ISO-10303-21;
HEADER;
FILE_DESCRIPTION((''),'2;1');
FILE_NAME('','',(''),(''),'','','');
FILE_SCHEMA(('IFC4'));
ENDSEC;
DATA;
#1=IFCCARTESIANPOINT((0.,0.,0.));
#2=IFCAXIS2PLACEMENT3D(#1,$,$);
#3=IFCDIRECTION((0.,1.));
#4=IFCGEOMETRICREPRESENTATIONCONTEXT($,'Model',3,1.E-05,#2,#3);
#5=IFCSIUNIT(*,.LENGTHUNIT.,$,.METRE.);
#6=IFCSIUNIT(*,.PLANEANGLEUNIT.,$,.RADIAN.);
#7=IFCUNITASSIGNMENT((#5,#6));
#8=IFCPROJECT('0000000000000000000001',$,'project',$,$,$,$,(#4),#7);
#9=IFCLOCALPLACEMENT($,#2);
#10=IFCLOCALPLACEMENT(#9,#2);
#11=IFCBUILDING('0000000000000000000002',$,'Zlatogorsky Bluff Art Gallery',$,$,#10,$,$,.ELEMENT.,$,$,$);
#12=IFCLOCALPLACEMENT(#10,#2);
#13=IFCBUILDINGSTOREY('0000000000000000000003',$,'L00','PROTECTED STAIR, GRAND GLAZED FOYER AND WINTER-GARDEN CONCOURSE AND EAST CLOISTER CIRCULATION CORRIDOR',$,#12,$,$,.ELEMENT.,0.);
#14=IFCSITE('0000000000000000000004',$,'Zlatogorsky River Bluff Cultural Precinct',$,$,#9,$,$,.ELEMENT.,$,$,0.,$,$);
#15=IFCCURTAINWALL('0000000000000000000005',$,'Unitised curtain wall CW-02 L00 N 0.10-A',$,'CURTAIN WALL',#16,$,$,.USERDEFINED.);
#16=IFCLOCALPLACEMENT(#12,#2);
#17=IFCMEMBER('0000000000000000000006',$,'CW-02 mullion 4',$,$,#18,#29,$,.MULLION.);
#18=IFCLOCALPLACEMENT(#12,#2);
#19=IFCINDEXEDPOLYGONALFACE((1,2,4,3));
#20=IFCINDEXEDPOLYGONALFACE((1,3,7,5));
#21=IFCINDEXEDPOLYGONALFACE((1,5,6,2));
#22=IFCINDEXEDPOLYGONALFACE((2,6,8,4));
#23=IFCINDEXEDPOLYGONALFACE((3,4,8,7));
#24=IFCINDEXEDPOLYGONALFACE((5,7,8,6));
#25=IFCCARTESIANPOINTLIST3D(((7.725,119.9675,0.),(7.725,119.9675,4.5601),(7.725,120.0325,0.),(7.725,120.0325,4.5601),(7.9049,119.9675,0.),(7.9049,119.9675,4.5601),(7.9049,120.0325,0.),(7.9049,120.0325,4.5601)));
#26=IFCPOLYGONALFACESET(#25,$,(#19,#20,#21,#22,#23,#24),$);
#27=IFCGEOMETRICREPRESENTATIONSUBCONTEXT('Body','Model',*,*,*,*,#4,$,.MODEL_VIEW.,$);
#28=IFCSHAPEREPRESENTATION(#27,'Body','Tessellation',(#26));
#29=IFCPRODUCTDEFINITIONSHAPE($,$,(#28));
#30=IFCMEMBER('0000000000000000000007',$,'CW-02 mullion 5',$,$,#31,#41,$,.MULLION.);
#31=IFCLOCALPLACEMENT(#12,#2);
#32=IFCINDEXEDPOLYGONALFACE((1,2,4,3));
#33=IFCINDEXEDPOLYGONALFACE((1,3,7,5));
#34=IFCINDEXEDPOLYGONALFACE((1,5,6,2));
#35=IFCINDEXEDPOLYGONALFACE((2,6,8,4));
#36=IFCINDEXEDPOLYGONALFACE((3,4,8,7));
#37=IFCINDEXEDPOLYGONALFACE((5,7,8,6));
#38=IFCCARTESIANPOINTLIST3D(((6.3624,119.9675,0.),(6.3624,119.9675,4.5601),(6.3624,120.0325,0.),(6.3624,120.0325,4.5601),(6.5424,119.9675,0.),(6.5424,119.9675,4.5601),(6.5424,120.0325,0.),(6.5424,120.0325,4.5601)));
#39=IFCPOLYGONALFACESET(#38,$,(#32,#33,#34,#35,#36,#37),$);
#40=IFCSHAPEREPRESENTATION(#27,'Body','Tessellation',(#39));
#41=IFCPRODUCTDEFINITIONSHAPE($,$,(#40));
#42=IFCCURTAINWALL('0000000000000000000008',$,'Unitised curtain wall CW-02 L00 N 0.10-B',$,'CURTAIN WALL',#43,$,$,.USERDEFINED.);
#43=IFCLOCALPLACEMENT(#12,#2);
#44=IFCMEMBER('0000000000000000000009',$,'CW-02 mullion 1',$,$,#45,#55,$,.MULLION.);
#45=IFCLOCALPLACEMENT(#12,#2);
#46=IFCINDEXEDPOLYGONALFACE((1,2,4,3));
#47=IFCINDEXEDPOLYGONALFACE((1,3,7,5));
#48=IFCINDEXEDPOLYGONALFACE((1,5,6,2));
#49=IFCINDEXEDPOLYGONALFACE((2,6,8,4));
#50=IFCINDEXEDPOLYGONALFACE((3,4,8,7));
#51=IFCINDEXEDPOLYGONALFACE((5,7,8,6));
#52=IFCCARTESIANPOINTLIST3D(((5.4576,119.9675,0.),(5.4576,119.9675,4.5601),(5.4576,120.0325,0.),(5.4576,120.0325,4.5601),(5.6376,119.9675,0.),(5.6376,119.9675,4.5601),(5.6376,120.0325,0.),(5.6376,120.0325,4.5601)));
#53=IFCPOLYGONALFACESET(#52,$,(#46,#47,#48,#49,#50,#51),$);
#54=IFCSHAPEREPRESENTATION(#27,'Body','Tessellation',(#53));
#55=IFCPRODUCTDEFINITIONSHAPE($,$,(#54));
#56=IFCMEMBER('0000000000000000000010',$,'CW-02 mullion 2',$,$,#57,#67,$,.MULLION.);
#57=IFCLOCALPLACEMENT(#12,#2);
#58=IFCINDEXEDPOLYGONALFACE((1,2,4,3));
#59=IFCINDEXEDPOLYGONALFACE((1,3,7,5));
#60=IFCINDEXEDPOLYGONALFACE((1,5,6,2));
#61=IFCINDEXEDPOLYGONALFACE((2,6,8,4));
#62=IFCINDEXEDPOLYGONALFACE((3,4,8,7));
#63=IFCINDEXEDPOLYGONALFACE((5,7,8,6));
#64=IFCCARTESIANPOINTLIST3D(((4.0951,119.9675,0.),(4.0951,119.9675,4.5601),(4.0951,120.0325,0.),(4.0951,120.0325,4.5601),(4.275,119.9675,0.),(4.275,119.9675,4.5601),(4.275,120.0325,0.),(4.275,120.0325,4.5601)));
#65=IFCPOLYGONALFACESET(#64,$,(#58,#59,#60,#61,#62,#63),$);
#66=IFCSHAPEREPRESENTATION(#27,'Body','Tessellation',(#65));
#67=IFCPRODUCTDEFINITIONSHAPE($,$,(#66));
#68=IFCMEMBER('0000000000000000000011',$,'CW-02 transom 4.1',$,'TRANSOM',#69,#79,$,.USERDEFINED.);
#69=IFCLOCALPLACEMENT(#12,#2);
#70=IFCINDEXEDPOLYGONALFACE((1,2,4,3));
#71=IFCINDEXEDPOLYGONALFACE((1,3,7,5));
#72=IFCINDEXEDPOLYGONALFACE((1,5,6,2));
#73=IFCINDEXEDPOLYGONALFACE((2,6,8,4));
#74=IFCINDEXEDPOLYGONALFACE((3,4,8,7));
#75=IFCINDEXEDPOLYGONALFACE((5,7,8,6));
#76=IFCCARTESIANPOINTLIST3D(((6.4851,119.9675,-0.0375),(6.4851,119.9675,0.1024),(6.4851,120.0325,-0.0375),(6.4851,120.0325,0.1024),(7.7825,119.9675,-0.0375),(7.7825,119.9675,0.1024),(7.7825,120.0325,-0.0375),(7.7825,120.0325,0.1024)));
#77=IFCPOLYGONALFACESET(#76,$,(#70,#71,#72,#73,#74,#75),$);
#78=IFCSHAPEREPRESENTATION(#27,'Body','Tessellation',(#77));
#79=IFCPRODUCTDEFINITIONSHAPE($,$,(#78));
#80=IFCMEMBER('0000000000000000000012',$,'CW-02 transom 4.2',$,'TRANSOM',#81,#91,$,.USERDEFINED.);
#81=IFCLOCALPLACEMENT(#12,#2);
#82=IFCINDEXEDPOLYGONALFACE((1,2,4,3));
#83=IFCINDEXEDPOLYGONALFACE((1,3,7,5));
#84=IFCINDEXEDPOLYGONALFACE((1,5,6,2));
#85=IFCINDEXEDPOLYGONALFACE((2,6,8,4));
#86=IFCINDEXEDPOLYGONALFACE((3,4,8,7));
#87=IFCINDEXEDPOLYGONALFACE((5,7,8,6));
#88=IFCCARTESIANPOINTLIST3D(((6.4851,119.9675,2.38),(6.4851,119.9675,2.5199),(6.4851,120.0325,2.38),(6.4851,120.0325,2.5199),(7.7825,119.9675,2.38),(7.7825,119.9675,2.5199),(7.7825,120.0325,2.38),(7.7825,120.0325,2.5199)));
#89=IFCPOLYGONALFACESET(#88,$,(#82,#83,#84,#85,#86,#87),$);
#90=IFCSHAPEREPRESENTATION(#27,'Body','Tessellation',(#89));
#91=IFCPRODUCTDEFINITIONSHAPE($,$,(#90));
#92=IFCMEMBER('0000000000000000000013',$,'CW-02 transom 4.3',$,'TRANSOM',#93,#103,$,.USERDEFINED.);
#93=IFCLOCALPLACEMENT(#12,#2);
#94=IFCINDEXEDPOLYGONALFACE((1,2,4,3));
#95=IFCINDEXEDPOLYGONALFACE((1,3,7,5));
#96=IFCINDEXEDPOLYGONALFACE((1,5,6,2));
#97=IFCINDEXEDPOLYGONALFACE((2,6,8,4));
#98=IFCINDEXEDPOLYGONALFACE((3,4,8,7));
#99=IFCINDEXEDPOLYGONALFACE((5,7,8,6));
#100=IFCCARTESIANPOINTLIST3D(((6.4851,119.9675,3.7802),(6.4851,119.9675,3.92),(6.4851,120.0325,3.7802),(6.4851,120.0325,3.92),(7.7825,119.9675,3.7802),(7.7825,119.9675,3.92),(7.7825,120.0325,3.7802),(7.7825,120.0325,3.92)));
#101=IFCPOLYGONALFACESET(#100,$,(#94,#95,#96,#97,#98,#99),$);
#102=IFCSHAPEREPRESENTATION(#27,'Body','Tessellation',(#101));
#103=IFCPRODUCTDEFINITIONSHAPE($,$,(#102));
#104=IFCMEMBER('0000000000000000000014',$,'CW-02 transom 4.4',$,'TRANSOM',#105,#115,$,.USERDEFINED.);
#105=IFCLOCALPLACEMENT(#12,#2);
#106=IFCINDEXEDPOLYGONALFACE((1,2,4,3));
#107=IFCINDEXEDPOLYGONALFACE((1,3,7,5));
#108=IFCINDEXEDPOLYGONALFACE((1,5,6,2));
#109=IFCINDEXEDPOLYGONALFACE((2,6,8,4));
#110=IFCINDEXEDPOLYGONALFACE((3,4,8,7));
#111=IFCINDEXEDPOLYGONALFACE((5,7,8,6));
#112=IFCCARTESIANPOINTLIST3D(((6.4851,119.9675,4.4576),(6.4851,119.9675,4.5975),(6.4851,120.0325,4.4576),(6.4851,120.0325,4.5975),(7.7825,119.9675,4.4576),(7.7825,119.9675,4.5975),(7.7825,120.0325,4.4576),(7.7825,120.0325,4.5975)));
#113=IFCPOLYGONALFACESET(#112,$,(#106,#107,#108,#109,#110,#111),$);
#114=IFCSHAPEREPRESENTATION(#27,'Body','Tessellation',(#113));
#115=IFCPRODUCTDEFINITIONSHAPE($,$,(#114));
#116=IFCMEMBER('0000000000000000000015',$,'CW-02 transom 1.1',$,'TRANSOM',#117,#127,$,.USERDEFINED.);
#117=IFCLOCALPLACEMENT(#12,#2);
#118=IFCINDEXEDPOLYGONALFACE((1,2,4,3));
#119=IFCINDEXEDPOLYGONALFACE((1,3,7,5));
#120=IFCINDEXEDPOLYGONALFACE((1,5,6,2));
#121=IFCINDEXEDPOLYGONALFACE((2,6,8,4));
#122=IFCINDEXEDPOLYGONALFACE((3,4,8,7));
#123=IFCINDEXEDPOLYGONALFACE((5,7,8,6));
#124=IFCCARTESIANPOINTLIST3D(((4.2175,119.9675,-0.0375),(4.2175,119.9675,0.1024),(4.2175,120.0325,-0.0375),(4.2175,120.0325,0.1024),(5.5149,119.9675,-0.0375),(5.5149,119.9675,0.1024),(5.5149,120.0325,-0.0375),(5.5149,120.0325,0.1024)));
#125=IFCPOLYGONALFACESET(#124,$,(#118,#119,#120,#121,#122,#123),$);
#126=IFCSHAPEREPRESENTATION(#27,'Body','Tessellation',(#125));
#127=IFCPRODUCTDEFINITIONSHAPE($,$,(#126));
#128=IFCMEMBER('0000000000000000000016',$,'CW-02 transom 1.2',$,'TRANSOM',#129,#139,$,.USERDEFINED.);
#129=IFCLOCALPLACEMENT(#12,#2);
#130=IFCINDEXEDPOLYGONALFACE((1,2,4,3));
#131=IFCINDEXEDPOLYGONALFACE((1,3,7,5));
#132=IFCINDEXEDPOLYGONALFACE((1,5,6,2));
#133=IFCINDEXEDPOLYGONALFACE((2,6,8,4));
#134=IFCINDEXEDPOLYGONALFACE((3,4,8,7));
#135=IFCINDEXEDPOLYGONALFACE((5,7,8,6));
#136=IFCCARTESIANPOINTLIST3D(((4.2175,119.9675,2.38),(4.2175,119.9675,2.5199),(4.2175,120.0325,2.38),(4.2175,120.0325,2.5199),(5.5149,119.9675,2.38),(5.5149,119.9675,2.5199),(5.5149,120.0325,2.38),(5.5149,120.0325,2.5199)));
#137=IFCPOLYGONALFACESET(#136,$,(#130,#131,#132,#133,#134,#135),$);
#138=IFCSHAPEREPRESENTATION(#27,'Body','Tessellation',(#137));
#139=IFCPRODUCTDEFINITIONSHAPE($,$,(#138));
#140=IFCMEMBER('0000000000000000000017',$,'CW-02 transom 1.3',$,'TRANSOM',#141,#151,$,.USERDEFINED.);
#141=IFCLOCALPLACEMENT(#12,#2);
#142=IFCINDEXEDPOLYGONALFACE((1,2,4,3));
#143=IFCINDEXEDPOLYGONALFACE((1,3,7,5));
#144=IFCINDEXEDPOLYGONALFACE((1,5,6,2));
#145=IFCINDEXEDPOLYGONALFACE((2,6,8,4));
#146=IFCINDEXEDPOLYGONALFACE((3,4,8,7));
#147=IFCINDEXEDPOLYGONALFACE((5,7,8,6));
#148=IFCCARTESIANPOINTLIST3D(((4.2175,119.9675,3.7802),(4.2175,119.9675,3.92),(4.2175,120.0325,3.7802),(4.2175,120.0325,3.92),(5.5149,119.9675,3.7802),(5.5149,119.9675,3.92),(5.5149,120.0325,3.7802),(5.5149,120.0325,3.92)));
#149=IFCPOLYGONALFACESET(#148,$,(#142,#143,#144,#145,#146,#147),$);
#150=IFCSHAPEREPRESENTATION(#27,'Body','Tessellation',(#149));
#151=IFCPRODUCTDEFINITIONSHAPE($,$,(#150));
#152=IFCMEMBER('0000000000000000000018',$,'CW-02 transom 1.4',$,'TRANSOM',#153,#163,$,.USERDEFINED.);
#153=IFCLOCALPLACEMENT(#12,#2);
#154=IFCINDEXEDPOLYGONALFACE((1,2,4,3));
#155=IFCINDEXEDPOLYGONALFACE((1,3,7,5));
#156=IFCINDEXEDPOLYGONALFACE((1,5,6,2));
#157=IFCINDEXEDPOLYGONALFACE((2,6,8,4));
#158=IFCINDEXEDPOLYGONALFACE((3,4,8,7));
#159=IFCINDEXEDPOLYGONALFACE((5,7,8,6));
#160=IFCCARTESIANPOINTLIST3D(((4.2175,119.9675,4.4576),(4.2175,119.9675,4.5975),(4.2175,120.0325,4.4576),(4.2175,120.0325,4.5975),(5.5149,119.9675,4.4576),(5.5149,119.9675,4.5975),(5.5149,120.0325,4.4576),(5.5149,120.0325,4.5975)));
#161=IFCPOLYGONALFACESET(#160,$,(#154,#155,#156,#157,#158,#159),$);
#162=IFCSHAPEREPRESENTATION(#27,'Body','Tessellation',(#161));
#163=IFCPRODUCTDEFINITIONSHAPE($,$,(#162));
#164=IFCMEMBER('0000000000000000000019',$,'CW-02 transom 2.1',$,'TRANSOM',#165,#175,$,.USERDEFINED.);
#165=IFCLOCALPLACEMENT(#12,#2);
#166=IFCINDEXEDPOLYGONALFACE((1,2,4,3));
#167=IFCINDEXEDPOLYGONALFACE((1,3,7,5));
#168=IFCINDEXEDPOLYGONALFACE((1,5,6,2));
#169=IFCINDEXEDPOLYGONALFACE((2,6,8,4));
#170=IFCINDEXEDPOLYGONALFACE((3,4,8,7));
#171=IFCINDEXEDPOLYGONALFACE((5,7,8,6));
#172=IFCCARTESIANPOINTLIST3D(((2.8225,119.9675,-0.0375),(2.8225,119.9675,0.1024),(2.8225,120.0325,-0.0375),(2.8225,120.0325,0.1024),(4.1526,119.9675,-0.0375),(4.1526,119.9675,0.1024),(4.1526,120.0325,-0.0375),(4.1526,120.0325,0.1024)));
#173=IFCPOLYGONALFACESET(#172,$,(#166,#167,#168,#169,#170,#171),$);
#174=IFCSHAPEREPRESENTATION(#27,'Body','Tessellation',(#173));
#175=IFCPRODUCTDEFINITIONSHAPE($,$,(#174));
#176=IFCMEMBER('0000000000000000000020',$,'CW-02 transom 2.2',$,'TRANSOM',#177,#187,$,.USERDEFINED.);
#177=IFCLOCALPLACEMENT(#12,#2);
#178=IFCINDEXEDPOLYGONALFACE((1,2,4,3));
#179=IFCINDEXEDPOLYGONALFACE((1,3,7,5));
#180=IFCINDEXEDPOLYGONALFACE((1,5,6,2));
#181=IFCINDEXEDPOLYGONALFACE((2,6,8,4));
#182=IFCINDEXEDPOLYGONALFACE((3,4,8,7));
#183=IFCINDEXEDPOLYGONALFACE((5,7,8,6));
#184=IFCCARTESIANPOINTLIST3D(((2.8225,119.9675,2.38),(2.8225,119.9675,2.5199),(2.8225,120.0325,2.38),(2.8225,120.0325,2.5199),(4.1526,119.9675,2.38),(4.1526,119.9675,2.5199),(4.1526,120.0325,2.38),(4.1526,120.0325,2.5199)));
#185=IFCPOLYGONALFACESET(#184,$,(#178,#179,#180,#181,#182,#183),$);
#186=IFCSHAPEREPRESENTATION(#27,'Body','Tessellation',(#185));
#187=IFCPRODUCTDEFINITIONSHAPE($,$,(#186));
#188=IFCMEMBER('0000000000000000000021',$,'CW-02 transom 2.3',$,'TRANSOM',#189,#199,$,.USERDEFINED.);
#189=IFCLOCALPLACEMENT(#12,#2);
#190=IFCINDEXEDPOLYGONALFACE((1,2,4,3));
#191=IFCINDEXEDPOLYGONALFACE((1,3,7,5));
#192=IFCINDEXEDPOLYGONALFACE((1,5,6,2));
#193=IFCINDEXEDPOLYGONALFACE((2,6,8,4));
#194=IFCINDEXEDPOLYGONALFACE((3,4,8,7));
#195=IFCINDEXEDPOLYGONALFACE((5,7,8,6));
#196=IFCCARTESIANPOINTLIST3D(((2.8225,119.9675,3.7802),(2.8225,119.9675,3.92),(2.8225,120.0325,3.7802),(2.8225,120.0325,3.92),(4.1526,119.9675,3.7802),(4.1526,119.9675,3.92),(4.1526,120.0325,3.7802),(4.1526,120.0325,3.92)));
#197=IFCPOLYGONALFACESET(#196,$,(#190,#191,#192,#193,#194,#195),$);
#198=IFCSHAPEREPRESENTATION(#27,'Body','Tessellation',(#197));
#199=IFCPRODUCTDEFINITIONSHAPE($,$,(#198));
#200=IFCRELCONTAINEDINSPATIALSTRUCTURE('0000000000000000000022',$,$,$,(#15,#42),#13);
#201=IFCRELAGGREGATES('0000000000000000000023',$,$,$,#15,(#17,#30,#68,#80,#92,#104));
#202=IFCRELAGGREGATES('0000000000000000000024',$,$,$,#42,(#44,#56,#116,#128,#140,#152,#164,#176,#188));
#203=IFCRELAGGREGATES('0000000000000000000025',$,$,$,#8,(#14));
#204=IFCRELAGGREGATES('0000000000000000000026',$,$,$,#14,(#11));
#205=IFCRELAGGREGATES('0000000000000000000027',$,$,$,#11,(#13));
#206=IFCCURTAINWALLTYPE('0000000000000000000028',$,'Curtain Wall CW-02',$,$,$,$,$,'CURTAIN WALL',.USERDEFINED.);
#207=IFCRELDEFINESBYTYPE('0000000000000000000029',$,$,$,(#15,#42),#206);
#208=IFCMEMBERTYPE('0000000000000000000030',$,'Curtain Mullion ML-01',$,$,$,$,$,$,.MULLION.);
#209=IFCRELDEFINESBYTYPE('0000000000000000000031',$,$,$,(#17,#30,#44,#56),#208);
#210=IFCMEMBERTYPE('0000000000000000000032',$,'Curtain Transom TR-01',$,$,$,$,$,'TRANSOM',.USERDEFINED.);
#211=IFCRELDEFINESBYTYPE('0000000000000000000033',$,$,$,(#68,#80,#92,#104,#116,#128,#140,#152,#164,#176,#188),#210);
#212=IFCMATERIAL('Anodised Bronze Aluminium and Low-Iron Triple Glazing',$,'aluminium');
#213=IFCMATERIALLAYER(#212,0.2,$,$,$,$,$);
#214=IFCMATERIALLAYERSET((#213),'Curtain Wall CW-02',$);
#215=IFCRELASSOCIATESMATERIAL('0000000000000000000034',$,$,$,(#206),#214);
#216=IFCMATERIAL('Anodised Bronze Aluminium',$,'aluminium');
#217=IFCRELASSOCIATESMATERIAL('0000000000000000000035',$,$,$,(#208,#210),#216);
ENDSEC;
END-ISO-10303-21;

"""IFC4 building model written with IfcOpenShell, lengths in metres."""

from ifc_helpers import new_model, si_unit, direction, frame, origin, origin_2d, place, context, subcontext, project, spatial, rectangle, extrude, material, layer, layer_set, material_profile, profile_set, type_object, element, aggregate, save


model = new_model("IFC4")

# Units and contexts
model_context = context("Model", 3, precision=1e-05, world=origin(), true_north=direction((0.0, 1.0)))
body_context = subcontext(model_context, "Body", "Model", "MODEL_VIEW")
ifc_project = project(units=[si_unit("LENGTHUNIT", "METRE"), si_unit("PLANEANGLEUNIT", "RADIAN")], contexts=[model_context])

# Site, building, storey
site_placement = place(None, origin())
site = spatial("IfcSite", under=ifc_project, at=site_placement, Name="Zlatogorsky River Bluff Cultural Precinct", CompositionType="ELEMENT", RefElevation=0.0)
building_placement = place(site_placement, origin())
building = spatial("IfcBuilding", under=site, at=building_placement, Name="Zlatogorsky Bluff Art Gallery", CompositionType="ELEMENT")
storey_placement = place(building_placement, origin())
storey = spatial("IfcBuildingStorey", under=building, at=storey_placement, Name="L00", Description="PROTECTED STAIR, GRAND GLAZED FOYER AND WINTER-GARDEN CONCOURSE AND EAST CLOISTER CIRCULATION CORRIDOR", CompositionType="ELEMENT", Elevation=0.0)

# Curtain walls, members
ifc_material_1 = material(Name="Anodised Bronze Aluminium and Low-Iron Triple Glazing", Category="aluminium")
ifc_layer_1 = layer(ifc_material_1, 0.2)
ifc_layer_set_1 = layer_set([ifc_layer_1], Name="Curtain Wall CW-02")
curtain_wall_type = type_object("IfcCurtainWallType", Name="Curtain Wall CW-02", ElementType="CURTAIN WALL", PredefinedType="USERDEFINED", material=ifc_layer_set_1)
curtain_wall_1_placement = place(storey_placement, origin())
curtain_wall_1 = element("IfcCurtainWall", 1, at=curtain_wall_1_placement, inside=storey, type_object=curtain_wall_type, Name="Unitised curtain wall CW-02 L00 N 0.10-A", ObjectType="CURTAIN WALL", PredefinedType="USERDEFINED")
ifc_material_2 = material(Name="Anodised Bronze Aluminium", Category="aluminium")
ifc_material_profile_1 = material_profile(ifc_material_2, rectangle(XDim=0.0649, YDim=0.1799, at=origin_2d()), Name="ALU MULLION 65x180")
ifc_profile_set_1 = profile_set([ifc_material_profile_1], Name="Anodised Bronze Aluminium")
member_type_1 = type_object("IfcMemberType", Name="Curtain Mullion ML-01", PredefinedType="MULLION", material=ifc_profile_set_1)
member_1_placement = place(storey_placement, frame((7.8149, 120.0, 0.0), z_axis=(0.0, 0.0, 1.0), x_axis=(0.0, -1.0, 0.0)))
member_1 = element("IfcMember", 2, at=member_1_placement, type_object=member_type_1, Name="CW-02 mullion 4", PredefinedType="MULLION", context=body_context, shape_type="SweptSolid", body=[
    extrude(rectangle(XDim=0.0649, YDim=0.1799, at=origin_2d()), origin(), (0.0, 0.0, 1.0), 4.5601),
])
member_2_placement = place(storey_placement, frame((6.4524, 120.0, 0.0), z_axis=(0.0, 0.0, 1.0), x_axis=(0.0, -1.0, 0.0)))
member_2 = element("IfcMember", 3, at=member_2_placement, type_object=member_type_1, Name="CW-02 mullion 5", PredefinedType="MULLION", context=body_context, shape_type="SweptSolid", body=[
    extrude(rectangle(XDim=0.0649, YDim=0.1799, at=origin_2d()), origin(), (0.0, 0.0, 1.0), 4.5601),
])
curtain_wall_2_placement = place(storey_placement, origin())
curtain_wall_2 = element("IfcCurtainWall", 4, at=curtain_wall_2_placement, inside=storey, type_object=curtain_wall_type, Name="Unitised curtain wall CW-02 L00 N 0.10-B", ObjectType="CURTAIN WALL", PredefinedType="USERDEFINED")
member_3_placement = place(storey_placement, frame((5.5476, 120.0, 0.0), z_axis=(0.0, 0.0, 1.0), x_axis=(0.0, -1.0, 0.0)))
member_3 = element("IfcMember", 5, at=member_3_placement, type_object=member_type_1, Name="CW-02 mullion 1", PredefinedType="MULLION", context=body_context, shape_type="SweptSolid", body=[
    extrude(rectangle(XDim=0.0649, YDim=0.1799, at=origin_2d()), origin(), (0.0, 0.0, 1.0), 4.5601),
])
member_4_placement = place(storey_placement, frame((4.1851, 120.0, 0.0), z_axis=(0.0, 0.0, 1.0), x_axis=(0.0, -1.0, 0.0)))
member_4 = element("IfcMember", 6, at=member_4_placement, type_object=member_type_1, Name="CW-02 mullion 2", PredefinedType="MULLION", context=body_context, shape_type="SweptSolid", body=[
    extrude(rectangle(XDim=0.0649, YDim=0.1799, at=origin_2d()), origin(), (0.0, 0.0, 1.0), 4.5601),
])

# Members
ifc_material_profile_2 = material_profile(ifc_material_2, rectangle(XDim=0.0649, YDim=0.1399, at=origin_2d()), Name="ALU TRANSOM 65x140")
ifc_profile_set_2 = profile_set([ifc_material_profile_2], Name="Anodised Bronze Aluminium")
member_type_2 = type_object("IfcMemberType", Name="Curtain Transom TR-01", ElementType="TRANSOM", PredefinedType="USERDEFINED", material=ifc_profile_set_2)
member_5_placement = place(storey_placement, frame((7.7825, 120.0, 0.0325), z_axis=(-1.0, 0.0, 0.0), x_axis=(0.0, -1.0, 0.0)))
member_5 = element("IfcMember", 7, at=member_5_placement, type_object=member_type_2, Name="CW-02 transom 4.1", ObjectType="TRANSOM", PredefinedType="USERDEFINED", context=body_context, shape_type="SweptSolid", body=[
    extrude(rectangle(XDim=0.0649, YDim=0.1399, at=origin_2d()), origin(), (0.0, 0.0, 1.0), 1.2974),
])
member_6_placement = place(storey_placement, frame((7.7825, 120.0, 2.45), z_axis=(-1.0, 0.0, 0.0), x_axis=(0.0, -1.0, 0.0)))
member_6 = element("IfcMember", 8, at=member_6_placement, type_object=member_type_2, Name="CW-02 transom 4.2", ObjectType="TRANSOM", PredefinedType="USERDEFINED", context=body_context, shape_type="SweptSolid", body=[
    extrude(rectangle(XDim=0.0649, YDim=0.1399, at=origin_2d()), origin(), (0.0, 0.0, 1.0), 1.2974),
])
member_7_placement = place(storey_placement, frame((7.7825, 120.0, 3.8501), z_axis=(-1.0, 0.0, 0.0), x_axis=(0.0, -1.0, 0.0)))
member_7 = element("IfcMember", 9, at=member_7_placement, type_object=member_type_2, Name="CW-02 transom 4.3", ObjectType="TRANSOM", PredefinedType="USERDEFINED", context=body_context, shape_type="SweptSolid", body=[
    extrude(rectangle(XDim=0.0649, YDim=0.1399, at=origin_2d()), origin(), (0.0, 0.0, 1.0), 1.2974),
])
member_8_placement = place(storey_placement, frame((7.7825, 120.0, 4.5276), z_axis=(-1.0, 0.0, 0.0), x_axis=(0.0, -1.0, 0.0)))
member_8 = element("IfcMember", 10, at=member_8_placement, type_object=member_type_2, Name="CW-02 transom 4.4", ObjectType="TRANSOM", PredefinedType="USERDEFINED", context=body_context, shape_type="SweptSolid", body=[
    extrude(rectangle(XDim=0.0649, YDim=0.1399, at=origin_2d()), origin(), (0.0, 0.0, 1.0), 1.2974),
])
member_9_placement = place(storey_placement, frame((5.5149, 120.0, 0.0325), z_axis=(-1.0, 0.0, 0.0), x_axis=(0.0, -1.0, 0.0)))
member_9 = element("IfcMember", 11, at=member_9_placement, type_object=member_type_2, Name="CW-02 transom 1.1", ObjectType="TRANSOM", PredefinedType="USERDEFINED", context=body_context, shape_type="SweptSolid", body=[
    extrude(rectangle(XDim=0.0649, YDim=0.1399, at=origin_2d()), origin(), (0.0, 0.0, 1.0), 1.2974),
])
member_10_placement = place(storey_placement, frame((5.5149, 120.0, 2.45), z_axis=(-1.0, 0.0, 0.0), x_axis=(0.0, -1.0, 0.0)))
member_10 = element("IfcMember", 12, at=member_10_placement, type_object=member_type_2, Name="CW-02 transom 1.2", ObjectType="TRANSOM", PredefinedType="USERDEFINED", context=body_context, shape_type="SweptSolid", body=[
    extrude(rectangle(XDim=0.0649, YDim=0.1399, at=origin_2d()), origin(), (0.0, 0.0, 1.0), 1.2974),
])
member_11_placement = place(storey_placement, frame((5.5149, 120.0, 3.8501), z_axis=(-1.0, 0.0, 0.0), x_axis=(0.0, -1.0, 0.0)))
member_11 = element("IfcMember", 13, at=member_11_placement, type_object=member_type_2, Name="CW-02 transom 1.3", ObjectType="TRANSOM", PredefinedType="USERDEFINED", context=body_context, shape_type="SweptSolid", body=[
    extrude(rectangle(XDim=0.0649, YDim=0.1399, at=origin_2d()), origin(), (0.0, 0.0, 1.0), 1.2974),
])
member_12_placement = place(storey_placement, frame((5.5149, 120.0, 4.5276), z_axis=(-1.0, 0.0, 0.0), x_axis=(0.0, -1.0, 0.0)))
member_12 = element("IfcMember", 14, at=member_12_placement, type_object=member_type_2, Name="CW-02 transom 1.4", ObjectType="TRANSOM", PredefinedType="USERDEFINED", context=body_context, shape_type="SweptSolid", body=[
    extrude(rectangle(XDim=0.0649, YDim=0.1399, at=origin_2d()), origin(), (0.0, 0.0, 1.0), 1.2974),
])
member_13_placement = place(storey_placement, frame((4.1526, 120.0, 0.0325), z_axis=(-1.0, 0.0, 0.0), x_axis=(0.0, -1.0, 0.0)))
member_13 = element("IfcMember", 15, at=member_13_placement, type_object=member_type_2, Name="CW-02 transom 2.1", ObjectType="TRANSOM", PredefinedType="USERDEFINED", context=body_context, shape_type="SweptSolid", body=[
    extrude(rectangle(XDim=0.0649, YDim=0.1399, at=origin_2d()), origin(), (0.0, 0.0, 1.0), 1.3301),
])
member_14_placement = place(storey_placement, frame((4.1526, 120.0, 2.45), z_axis=(-1.0, 0.0, 0.0), x_axis=(0.0, -1.0, 0.0)))
member_14 = element("IfcMember", 16, at=member_14_placement, type_object=member_type_2, Name="CW-02 transom 2.2", ObjectType="TRANSOM", PredefinedType="USERDEFINED", context=body_context, shape_type="SweptSolid", body=[
    extrude(rectangle(XDim=0.0649, YDim=0.1399, at=origin_2d()), origin(), (0.0, 0.0, 1.0), 1.3301),
])
member_15_placement = place(storey_placement, frame((4.1526, 120.0, 3.8501), z_axis=(-1.0, 0.0, 0.0), x_axis=(0.0, -1.0, 0.0)))
member_15 = element("IfcMember", 17, at=member_15_placement, type_object=member_type_2, Name="CW-02 transom 2.3", ObjectType="TRANSOM", PredefinedType="USERDEFINED", context=body_context, shape_type="SweptSolid", body=[
    extrude(rectangle(XDim=0.0649, YDim=0.1399, at=origin_2d()), origin(), (0.0, 0.0, 1.0), 1.3301),
])

aggregate(curtain_wall_1, [member_1, member_2, member_5, member_6, member_7, member_8])
aggregate(curtain_wall_2, [member_3, member_4, member_9, member_10, member_11, member_12, member_13, member_14, member_15])

save(model, "model.ifc")
